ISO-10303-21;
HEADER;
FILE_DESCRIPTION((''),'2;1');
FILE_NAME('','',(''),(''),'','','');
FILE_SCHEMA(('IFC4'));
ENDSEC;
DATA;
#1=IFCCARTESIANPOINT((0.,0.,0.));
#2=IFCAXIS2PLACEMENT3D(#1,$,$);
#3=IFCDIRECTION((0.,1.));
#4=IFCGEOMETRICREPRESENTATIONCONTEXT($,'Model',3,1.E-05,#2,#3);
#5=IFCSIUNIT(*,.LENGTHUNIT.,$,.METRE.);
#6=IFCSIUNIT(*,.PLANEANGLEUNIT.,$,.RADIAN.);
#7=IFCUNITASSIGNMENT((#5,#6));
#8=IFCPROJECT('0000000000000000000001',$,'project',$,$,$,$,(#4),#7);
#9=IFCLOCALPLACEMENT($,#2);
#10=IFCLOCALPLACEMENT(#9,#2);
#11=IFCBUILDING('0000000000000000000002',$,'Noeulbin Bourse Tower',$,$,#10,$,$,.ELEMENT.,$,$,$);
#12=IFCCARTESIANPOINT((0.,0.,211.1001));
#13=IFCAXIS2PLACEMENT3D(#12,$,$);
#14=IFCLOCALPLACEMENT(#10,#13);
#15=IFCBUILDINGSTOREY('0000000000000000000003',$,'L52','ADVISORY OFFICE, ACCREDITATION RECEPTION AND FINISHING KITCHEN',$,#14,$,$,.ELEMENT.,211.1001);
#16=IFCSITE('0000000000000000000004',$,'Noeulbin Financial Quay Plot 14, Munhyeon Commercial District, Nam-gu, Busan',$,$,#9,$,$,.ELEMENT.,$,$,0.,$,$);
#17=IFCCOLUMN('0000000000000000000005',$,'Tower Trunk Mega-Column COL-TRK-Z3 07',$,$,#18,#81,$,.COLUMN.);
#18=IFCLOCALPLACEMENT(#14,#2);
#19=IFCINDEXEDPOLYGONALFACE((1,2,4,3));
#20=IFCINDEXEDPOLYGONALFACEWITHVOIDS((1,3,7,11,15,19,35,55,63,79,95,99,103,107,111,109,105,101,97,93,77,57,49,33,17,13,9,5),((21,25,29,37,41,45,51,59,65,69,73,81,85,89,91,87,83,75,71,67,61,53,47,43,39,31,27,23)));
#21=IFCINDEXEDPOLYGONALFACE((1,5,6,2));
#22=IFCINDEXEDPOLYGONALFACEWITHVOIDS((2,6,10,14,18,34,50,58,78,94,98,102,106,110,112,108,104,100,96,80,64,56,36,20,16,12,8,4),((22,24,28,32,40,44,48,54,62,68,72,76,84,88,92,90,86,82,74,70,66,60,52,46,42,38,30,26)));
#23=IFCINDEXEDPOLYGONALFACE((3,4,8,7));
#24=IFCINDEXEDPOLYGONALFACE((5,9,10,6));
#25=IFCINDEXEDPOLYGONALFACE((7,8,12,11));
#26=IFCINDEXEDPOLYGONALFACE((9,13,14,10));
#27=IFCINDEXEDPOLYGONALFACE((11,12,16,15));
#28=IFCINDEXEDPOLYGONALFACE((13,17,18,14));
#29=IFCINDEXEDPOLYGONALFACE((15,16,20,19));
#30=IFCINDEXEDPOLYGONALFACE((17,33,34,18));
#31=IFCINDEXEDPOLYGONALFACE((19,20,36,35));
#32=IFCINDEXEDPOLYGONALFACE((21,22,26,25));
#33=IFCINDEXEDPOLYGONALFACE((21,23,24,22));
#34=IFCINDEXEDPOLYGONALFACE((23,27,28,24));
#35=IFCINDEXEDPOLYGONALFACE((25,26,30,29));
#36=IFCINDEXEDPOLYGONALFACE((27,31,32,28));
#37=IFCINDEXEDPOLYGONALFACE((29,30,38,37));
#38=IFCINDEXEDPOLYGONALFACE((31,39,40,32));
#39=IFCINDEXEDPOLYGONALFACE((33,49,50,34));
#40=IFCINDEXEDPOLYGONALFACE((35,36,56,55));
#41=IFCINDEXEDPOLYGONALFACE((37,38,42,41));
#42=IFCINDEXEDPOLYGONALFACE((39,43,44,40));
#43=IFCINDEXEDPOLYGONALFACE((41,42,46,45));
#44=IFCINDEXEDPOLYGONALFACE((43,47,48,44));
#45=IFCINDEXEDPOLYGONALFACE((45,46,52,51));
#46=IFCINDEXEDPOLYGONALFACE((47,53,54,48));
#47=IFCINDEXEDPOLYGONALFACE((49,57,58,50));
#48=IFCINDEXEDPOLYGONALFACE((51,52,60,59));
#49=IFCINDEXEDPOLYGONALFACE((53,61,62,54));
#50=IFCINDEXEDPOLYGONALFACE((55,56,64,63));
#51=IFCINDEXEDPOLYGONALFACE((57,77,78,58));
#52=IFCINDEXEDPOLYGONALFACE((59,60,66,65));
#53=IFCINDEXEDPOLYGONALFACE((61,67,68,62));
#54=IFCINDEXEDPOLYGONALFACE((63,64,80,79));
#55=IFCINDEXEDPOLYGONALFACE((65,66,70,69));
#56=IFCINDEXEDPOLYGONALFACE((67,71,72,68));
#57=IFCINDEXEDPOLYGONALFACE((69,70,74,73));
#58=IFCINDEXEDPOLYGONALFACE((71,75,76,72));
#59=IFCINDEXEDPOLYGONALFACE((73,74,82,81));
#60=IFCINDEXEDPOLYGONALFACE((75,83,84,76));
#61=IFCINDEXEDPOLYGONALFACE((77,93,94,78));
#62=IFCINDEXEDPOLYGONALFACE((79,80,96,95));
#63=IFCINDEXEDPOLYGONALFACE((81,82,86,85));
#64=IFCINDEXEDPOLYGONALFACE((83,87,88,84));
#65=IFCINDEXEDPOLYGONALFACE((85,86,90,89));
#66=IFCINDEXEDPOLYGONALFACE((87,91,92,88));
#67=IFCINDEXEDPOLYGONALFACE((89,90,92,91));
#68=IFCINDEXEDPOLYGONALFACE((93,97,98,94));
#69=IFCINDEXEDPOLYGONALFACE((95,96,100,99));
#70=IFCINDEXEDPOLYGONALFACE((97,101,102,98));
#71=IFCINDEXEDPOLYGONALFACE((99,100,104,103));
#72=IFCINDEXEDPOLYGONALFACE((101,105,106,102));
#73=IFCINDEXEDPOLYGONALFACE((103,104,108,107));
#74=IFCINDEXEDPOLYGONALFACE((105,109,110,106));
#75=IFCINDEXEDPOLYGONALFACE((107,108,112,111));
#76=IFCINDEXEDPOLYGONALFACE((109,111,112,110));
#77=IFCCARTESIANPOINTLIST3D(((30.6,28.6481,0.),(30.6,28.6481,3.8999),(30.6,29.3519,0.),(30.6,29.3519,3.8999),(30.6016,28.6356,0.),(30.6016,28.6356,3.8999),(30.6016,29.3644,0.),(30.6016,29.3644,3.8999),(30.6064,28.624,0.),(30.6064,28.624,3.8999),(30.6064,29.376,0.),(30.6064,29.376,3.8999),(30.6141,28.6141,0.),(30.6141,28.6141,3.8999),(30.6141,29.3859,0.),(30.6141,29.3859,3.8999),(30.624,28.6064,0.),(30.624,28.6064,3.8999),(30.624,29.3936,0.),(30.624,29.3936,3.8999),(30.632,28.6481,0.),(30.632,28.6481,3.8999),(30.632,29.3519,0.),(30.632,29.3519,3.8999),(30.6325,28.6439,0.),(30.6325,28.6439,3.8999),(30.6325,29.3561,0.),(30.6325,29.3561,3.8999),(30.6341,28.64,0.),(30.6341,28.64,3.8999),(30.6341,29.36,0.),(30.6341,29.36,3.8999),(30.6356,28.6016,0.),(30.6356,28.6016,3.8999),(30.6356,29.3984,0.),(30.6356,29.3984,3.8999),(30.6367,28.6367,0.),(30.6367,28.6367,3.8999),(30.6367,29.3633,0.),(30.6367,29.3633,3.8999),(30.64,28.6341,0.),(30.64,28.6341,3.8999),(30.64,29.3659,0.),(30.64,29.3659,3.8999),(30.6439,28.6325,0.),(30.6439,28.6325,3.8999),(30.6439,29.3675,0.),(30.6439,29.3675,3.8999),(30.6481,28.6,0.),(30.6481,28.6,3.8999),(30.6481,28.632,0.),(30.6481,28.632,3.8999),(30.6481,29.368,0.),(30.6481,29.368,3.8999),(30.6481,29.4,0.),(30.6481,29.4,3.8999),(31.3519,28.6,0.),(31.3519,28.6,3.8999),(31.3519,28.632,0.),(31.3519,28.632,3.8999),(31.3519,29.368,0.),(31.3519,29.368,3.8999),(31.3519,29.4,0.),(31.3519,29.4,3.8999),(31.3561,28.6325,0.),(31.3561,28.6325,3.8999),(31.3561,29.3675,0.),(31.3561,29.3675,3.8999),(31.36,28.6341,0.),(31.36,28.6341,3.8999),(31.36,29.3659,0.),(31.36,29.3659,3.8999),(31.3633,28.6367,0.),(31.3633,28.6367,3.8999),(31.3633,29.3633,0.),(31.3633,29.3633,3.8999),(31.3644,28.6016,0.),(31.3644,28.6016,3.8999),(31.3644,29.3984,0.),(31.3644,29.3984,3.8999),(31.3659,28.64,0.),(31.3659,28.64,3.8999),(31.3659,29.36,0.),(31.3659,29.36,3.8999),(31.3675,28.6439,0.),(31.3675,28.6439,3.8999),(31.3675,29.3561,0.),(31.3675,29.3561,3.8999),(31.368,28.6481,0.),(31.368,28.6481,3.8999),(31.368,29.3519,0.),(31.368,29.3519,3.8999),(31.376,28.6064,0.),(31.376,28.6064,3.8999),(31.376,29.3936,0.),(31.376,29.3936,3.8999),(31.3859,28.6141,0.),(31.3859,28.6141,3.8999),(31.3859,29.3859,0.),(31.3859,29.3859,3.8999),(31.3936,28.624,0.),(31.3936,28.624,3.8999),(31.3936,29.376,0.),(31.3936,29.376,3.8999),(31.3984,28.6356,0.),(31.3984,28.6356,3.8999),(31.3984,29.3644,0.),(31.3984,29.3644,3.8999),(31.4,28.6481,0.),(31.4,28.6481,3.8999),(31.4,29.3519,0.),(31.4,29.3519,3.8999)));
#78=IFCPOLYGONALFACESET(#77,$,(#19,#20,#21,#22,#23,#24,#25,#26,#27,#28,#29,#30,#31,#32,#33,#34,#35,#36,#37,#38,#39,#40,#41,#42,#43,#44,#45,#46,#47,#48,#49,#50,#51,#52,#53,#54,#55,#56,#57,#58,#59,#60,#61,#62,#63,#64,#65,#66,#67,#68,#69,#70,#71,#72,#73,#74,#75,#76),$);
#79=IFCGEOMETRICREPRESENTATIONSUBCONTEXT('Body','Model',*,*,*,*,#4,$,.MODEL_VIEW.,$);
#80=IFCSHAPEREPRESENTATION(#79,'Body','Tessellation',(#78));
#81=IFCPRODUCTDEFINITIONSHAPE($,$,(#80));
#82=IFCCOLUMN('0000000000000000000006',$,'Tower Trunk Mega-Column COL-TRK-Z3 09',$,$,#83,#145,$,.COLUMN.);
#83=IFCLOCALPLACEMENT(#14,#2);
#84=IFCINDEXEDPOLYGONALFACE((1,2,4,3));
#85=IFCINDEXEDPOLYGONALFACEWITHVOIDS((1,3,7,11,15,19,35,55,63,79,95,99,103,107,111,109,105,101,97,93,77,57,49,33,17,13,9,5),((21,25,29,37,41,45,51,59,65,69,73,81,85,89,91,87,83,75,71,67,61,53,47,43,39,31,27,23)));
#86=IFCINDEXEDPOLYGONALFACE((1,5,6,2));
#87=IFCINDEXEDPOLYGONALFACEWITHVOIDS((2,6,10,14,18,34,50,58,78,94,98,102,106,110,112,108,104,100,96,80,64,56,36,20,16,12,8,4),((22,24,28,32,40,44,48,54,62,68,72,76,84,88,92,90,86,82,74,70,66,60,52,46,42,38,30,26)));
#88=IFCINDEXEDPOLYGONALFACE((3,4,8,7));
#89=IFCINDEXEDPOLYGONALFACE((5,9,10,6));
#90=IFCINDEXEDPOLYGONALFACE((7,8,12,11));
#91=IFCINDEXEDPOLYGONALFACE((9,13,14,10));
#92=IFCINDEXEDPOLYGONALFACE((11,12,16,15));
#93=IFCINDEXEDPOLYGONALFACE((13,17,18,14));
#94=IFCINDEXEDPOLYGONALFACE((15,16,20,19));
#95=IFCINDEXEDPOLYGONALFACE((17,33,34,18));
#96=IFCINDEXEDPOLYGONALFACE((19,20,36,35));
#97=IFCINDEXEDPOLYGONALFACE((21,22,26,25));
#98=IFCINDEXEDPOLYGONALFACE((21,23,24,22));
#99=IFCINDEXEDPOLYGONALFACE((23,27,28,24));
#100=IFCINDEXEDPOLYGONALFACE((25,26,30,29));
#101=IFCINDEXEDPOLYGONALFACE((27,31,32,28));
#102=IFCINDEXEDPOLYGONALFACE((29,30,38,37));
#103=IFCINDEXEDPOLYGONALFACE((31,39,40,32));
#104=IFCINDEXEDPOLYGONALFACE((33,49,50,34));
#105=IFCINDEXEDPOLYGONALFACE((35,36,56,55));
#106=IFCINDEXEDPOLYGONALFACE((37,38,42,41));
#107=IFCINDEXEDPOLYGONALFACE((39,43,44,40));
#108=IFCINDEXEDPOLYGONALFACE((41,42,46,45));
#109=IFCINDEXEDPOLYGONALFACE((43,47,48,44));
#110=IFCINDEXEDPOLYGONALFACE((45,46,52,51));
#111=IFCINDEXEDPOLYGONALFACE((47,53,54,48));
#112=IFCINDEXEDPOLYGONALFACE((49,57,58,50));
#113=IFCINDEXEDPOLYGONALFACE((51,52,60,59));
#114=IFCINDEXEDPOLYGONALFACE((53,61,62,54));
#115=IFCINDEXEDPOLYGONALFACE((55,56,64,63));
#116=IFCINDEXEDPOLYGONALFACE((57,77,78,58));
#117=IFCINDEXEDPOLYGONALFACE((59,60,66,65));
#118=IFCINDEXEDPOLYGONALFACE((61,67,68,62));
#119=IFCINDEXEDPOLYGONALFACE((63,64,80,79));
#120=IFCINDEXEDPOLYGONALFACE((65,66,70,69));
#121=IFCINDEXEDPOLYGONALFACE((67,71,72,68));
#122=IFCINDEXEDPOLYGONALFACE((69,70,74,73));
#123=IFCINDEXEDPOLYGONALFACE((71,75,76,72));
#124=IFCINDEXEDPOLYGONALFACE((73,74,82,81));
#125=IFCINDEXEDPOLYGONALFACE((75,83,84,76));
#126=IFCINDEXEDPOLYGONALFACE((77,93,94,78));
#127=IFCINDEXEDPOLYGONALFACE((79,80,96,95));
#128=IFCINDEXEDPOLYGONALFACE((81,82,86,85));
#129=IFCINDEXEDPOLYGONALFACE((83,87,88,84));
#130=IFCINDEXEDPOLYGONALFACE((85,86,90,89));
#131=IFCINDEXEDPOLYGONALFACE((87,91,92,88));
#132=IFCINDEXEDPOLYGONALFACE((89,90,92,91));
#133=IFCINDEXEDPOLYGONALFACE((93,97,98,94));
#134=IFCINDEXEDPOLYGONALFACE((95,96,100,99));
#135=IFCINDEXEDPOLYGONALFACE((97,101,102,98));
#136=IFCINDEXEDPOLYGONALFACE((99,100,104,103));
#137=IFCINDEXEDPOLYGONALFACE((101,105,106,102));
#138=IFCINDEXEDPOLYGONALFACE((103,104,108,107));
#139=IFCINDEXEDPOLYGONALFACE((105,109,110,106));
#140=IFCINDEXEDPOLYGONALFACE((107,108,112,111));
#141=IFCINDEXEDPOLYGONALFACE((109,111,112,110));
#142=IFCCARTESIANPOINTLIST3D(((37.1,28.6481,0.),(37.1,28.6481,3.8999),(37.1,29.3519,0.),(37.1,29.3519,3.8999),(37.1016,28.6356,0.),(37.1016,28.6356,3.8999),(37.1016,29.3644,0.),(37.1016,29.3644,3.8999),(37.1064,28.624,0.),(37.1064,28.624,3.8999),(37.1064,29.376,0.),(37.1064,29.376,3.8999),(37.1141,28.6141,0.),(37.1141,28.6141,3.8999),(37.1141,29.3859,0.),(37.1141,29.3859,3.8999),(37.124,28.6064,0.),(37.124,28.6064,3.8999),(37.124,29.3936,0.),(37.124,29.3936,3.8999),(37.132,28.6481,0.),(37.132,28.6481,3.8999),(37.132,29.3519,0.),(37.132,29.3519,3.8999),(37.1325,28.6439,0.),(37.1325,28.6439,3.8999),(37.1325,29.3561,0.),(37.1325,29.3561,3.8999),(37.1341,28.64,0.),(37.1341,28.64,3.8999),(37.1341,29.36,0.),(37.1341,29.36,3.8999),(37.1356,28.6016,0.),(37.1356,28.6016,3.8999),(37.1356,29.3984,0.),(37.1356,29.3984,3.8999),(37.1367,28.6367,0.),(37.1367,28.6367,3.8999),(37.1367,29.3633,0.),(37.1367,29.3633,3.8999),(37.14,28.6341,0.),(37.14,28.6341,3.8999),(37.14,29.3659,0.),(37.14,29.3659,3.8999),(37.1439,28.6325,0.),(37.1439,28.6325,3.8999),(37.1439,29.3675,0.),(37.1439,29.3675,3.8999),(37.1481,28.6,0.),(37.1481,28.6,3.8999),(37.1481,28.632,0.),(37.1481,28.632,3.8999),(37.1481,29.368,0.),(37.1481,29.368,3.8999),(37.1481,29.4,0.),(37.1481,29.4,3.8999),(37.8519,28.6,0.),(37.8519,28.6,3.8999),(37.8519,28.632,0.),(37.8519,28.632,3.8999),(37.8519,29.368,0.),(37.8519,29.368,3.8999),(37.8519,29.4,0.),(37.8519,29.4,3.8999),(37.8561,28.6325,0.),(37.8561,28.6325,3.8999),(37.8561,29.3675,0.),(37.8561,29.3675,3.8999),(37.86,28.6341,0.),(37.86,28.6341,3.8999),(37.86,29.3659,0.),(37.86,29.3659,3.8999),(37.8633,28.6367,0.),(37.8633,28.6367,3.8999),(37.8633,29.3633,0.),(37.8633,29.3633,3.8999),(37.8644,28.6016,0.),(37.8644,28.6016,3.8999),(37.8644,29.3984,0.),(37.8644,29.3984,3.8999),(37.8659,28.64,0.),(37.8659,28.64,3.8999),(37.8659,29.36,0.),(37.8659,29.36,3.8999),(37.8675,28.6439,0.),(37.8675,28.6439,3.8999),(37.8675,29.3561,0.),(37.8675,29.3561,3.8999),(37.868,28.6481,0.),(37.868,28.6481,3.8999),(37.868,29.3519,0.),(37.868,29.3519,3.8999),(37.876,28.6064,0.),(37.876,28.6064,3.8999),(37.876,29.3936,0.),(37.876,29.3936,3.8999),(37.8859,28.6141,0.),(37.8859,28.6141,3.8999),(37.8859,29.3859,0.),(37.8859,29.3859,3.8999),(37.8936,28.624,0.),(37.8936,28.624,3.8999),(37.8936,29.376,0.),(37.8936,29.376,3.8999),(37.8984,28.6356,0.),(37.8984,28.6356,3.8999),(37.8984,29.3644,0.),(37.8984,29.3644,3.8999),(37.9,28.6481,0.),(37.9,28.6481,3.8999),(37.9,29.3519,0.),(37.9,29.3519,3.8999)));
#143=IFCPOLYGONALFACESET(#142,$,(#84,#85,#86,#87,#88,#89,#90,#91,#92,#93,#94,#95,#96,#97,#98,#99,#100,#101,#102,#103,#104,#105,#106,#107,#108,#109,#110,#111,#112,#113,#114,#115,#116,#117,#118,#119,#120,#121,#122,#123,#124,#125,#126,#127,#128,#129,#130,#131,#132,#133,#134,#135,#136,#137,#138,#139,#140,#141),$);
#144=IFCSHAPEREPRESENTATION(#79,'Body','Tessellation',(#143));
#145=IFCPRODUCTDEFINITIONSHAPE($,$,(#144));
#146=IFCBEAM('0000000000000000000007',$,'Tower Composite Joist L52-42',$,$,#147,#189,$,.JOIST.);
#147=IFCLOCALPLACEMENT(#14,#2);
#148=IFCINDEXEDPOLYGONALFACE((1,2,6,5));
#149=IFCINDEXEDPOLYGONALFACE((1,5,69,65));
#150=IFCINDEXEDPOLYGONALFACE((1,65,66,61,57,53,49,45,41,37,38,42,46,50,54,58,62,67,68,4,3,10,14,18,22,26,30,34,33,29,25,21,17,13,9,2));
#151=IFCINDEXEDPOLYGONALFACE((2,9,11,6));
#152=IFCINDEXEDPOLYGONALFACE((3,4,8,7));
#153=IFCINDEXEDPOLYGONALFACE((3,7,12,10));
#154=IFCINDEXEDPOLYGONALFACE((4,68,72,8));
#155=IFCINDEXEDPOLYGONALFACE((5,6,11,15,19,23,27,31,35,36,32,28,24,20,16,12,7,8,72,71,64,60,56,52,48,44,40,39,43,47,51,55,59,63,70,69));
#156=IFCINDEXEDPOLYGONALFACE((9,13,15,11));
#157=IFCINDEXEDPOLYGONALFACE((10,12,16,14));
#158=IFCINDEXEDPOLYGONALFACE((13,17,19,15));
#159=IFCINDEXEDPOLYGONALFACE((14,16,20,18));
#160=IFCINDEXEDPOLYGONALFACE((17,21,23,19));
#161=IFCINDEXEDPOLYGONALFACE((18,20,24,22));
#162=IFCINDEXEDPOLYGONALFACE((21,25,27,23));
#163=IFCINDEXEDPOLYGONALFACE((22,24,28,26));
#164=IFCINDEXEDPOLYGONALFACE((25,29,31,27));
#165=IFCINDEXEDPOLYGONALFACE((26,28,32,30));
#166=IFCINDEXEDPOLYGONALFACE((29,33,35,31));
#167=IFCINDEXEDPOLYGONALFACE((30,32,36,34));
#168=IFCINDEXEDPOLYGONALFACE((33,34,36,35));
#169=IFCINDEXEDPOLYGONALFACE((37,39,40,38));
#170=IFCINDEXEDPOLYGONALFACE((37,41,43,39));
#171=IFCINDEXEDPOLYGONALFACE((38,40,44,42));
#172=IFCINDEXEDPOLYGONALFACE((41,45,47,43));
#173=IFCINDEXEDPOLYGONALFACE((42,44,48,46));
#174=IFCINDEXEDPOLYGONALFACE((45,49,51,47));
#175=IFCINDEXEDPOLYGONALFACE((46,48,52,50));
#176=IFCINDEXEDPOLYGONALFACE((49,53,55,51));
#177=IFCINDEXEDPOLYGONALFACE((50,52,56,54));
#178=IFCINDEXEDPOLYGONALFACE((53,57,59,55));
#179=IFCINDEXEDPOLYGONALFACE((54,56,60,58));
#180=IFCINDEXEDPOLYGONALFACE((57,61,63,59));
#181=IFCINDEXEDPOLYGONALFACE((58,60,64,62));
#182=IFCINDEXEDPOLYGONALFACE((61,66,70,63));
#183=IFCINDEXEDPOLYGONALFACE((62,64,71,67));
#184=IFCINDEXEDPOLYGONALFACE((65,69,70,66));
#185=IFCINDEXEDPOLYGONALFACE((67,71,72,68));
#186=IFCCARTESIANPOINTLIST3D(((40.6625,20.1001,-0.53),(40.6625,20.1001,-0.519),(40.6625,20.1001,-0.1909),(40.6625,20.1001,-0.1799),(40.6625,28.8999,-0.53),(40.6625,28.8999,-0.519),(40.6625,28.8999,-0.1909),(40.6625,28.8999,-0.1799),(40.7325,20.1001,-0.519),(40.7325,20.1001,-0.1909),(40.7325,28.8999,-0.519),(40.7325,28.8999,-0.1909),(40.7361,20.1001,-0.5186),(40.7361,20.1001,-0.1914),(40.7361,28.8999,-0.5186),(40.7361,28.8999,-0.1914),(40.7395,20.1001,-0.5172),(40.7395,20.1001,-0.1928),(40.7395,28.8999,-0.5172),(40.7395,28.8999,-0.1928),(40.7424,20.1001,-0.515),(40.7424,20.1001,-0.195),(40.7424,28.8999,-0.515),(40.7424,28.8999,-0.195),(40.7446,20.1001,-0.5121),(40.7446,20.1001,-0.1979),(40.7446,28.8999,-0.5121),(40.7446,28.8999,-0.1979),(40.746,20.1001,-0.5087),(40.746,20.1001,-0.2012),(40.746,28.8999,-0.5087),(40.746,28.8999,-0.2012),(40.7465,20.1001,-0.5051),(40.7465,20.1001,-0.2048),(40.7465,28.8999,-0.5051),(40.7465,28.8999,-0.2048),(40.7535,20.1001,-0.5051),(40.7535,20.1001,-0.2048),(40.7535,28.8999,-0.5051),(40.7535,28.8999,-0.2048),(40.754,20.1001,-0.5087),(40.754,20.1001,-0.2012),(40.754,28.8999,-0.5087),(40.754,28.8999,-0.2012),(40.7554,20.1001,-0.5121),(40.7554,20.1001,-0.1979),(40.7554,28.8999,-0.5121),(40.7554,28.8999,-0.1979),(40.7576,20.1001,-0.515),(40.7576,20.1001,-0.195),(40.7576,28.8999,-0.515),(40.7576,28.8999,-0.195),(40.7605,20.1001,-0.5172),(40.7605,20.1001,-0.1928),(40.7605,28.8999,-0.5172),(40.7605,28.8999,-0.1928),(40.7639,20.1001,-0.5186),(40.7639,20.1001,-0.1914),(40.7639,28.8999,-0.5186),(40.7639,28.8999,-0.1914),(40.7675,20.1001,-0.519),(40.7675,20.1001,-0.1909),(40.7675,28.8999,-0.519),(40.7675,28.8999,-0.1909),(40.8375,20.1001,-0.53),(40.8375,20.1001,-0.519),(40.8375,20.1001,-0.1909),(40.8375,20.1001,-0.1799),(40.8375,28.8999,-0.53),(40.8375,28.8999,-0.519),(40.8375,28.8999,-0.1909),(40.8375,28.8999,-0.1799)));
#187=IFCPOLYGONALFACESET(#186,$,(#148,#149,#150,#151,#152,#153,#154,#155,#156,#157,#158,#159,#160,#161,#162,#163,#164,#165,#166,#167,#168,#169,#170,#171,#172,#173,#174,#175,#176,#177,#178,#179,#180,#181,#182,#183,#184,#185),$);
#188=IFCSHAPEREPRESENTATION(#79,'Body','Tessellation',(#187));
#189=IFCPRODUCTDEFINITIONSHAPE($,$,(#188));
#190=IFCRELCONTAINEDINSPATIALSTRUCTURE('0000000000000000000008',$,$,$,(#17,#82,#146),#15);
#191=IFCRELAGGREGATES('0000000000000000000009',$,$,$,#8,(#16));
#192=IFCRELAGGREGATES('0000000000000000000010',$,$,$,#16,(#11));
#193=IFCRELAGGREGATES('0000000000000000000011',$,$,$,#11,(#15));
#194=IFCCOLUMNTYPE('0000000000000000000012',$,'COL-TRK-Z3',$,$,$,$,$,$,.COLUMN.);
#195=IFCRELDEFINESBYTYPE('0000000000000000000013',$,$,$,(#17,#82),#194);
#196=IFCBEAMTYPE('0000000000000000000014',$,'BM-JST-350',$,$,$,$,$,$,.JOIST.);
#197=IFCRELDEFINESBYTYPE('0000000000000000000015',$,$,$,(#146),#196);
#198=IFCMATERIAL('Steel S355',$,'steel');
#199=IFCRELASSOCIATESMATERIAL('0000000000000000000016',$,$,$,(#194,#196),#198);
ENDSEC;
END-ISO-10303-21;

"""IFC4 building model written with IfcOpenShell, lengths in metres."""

from ifc_helpers import new_model, si_unit, direction, frame, origin, origin_2d, place, context, subcontext, project, spatial, hollow_rectangle, i_section, extrude, material, material_profile, profile_set, type_object, element, save


model = new_model("IFC4")

# Units and contexts
model_context = context("Model", 3, precision=1e-05, world=origin(), true_north=direction((0.0, 1.0)))
body_context = subcontext(model_context, "Body", "Model", "MODEL_VIEW")
ifc_project = project(units=[si_unit("LENGTHUNIT", "METRE"), si_unit("PLANEANGLEUNIT", "RADIAN")], contexts=[model_context])

# Site, building, storey
site_placement = place(None, origin())
site = spatial("IfcSite", under=ifc_project, at=site_placement, Name="Noeulbin Financial Quay Plot 14, Munhyeon Commercial District, Nam-gu, Busan", CompositionType="ELEMENT", RefElevation=0.0)
building_placement = place(site_placement, origin())
building = spatial("IfcBuilding", under=site, at=building_placement, Name="Noeulbin Bourse Tower", CompositionType="ELEMENT")
storey_placement = place(building_placement, frame((0.0, 0.0, 211.1001)))
storey = spatial("IfcBuildingStorey", under=building, at=storey_placement, Name="L52", Description="ADVISORY OFFICE, ACCREDITATION RECEPTION AND FINISHING KITCHEN", CompositionType="ELEMENT", Elevation=211.1001)

# Columns
ifc_material_1 = material(Name="Steel S355", Category="steel")
ifc_material_profile_1 = material_profile(ifc_material_1, hollow_rectangle(XDim=0.8, YDim=0.8, WallThickness=0.032, InnerFilletRadius=0.0161, OuterFilletRadius=0.0481, at=origin_2d()), Name="BOX-800x800x32", Category="LoadBearing")
ifc_profile_set_1 = profile_set([ifc_material_profile_1], Name="Steel S355")
column_type = type_object("IfcColumnType", Name="COL-TRK-Z3", PredefinedType="COLUMN", material=ifc_profile_set_1)
for number, where, z_axis, x_axis, name in (
    (1, (31.0, 29.0, 0.0), (0.0, 0.0, 1.0), (1.0, 0.0, 0.0), "Tower Trunk Mega-Column COL-TRK-Z3 07"),
    (2, (37.5, 29.0, 0.0), (0.0, 0.0, 1.0), (1.0, 0.0, 0.0), "Tower Trunk Mega-Column COL-TRK-Z3 09"),
):
    element("IfcColumn", number, at=place(storey_placement, frame(where, z_axis=z_axis, x_axis=x_axis)), inside=storey, type_object=column_type, Name=name, PredefinedType="COLUMN", context=body_context, shape_type="SweptSolid", body=[
        extrude(hollow_rectangle(XDim=0.8, YDim=0.8, WallThickness=0.032, InnerFilletRadius=0.0161, OuterFilletRadius=0.0481, at=origin_2d()), origin(), (0.0, 0.0, 1.0), 3.8999),
    ])

# Beam
ifc_material_profile_2 = material_profile(ifc_material_1, i_section(OverallWidth=0.175, OverallDepth=0.3501, WebThickness=0.0071, FlangeThickness=0.011, FilletRadius=0.0139, at=origin_2d()), Name="H-350x175x7x11", Category="LoadBearing")
ifc_profile_set_2 = profile_set([ifc_material_profile_2], Name="Steel S355")
beam_type_1 = type_object("IfcBeamType", Name="BM-JST-350", PredefinedType="JOIST", material=ifc_profile_set_2)
for number, where, z_axis, x_axis, name in (
    (3, (40.75, 20.1001, -0.355), (0.0, 1.0, 0.0), (-1.0, 0.0, 0.0), "Tower Composite Joist L52-42"),
):
    element("IfcBeam", number, at=place(storey_placement, frame(where, z_axis=z_axis, x_axis=x_axis)), inside=storey, type_object=beam_type_1, Name=name, PredefinedType="JOIST", context=body_context, shape_type="SweptSolid", body=[
        extrude(i_section(OverallWidth=0.175, OverallDepth=0.3501, WebThickness=0.0071, FlangeThickness=0.011, FilletRadius=0.0139, at=origin_2d()), origin(), (0.0, 0.0, 1.0), 8.7998),
    ])

save(model, "model.ifc")
